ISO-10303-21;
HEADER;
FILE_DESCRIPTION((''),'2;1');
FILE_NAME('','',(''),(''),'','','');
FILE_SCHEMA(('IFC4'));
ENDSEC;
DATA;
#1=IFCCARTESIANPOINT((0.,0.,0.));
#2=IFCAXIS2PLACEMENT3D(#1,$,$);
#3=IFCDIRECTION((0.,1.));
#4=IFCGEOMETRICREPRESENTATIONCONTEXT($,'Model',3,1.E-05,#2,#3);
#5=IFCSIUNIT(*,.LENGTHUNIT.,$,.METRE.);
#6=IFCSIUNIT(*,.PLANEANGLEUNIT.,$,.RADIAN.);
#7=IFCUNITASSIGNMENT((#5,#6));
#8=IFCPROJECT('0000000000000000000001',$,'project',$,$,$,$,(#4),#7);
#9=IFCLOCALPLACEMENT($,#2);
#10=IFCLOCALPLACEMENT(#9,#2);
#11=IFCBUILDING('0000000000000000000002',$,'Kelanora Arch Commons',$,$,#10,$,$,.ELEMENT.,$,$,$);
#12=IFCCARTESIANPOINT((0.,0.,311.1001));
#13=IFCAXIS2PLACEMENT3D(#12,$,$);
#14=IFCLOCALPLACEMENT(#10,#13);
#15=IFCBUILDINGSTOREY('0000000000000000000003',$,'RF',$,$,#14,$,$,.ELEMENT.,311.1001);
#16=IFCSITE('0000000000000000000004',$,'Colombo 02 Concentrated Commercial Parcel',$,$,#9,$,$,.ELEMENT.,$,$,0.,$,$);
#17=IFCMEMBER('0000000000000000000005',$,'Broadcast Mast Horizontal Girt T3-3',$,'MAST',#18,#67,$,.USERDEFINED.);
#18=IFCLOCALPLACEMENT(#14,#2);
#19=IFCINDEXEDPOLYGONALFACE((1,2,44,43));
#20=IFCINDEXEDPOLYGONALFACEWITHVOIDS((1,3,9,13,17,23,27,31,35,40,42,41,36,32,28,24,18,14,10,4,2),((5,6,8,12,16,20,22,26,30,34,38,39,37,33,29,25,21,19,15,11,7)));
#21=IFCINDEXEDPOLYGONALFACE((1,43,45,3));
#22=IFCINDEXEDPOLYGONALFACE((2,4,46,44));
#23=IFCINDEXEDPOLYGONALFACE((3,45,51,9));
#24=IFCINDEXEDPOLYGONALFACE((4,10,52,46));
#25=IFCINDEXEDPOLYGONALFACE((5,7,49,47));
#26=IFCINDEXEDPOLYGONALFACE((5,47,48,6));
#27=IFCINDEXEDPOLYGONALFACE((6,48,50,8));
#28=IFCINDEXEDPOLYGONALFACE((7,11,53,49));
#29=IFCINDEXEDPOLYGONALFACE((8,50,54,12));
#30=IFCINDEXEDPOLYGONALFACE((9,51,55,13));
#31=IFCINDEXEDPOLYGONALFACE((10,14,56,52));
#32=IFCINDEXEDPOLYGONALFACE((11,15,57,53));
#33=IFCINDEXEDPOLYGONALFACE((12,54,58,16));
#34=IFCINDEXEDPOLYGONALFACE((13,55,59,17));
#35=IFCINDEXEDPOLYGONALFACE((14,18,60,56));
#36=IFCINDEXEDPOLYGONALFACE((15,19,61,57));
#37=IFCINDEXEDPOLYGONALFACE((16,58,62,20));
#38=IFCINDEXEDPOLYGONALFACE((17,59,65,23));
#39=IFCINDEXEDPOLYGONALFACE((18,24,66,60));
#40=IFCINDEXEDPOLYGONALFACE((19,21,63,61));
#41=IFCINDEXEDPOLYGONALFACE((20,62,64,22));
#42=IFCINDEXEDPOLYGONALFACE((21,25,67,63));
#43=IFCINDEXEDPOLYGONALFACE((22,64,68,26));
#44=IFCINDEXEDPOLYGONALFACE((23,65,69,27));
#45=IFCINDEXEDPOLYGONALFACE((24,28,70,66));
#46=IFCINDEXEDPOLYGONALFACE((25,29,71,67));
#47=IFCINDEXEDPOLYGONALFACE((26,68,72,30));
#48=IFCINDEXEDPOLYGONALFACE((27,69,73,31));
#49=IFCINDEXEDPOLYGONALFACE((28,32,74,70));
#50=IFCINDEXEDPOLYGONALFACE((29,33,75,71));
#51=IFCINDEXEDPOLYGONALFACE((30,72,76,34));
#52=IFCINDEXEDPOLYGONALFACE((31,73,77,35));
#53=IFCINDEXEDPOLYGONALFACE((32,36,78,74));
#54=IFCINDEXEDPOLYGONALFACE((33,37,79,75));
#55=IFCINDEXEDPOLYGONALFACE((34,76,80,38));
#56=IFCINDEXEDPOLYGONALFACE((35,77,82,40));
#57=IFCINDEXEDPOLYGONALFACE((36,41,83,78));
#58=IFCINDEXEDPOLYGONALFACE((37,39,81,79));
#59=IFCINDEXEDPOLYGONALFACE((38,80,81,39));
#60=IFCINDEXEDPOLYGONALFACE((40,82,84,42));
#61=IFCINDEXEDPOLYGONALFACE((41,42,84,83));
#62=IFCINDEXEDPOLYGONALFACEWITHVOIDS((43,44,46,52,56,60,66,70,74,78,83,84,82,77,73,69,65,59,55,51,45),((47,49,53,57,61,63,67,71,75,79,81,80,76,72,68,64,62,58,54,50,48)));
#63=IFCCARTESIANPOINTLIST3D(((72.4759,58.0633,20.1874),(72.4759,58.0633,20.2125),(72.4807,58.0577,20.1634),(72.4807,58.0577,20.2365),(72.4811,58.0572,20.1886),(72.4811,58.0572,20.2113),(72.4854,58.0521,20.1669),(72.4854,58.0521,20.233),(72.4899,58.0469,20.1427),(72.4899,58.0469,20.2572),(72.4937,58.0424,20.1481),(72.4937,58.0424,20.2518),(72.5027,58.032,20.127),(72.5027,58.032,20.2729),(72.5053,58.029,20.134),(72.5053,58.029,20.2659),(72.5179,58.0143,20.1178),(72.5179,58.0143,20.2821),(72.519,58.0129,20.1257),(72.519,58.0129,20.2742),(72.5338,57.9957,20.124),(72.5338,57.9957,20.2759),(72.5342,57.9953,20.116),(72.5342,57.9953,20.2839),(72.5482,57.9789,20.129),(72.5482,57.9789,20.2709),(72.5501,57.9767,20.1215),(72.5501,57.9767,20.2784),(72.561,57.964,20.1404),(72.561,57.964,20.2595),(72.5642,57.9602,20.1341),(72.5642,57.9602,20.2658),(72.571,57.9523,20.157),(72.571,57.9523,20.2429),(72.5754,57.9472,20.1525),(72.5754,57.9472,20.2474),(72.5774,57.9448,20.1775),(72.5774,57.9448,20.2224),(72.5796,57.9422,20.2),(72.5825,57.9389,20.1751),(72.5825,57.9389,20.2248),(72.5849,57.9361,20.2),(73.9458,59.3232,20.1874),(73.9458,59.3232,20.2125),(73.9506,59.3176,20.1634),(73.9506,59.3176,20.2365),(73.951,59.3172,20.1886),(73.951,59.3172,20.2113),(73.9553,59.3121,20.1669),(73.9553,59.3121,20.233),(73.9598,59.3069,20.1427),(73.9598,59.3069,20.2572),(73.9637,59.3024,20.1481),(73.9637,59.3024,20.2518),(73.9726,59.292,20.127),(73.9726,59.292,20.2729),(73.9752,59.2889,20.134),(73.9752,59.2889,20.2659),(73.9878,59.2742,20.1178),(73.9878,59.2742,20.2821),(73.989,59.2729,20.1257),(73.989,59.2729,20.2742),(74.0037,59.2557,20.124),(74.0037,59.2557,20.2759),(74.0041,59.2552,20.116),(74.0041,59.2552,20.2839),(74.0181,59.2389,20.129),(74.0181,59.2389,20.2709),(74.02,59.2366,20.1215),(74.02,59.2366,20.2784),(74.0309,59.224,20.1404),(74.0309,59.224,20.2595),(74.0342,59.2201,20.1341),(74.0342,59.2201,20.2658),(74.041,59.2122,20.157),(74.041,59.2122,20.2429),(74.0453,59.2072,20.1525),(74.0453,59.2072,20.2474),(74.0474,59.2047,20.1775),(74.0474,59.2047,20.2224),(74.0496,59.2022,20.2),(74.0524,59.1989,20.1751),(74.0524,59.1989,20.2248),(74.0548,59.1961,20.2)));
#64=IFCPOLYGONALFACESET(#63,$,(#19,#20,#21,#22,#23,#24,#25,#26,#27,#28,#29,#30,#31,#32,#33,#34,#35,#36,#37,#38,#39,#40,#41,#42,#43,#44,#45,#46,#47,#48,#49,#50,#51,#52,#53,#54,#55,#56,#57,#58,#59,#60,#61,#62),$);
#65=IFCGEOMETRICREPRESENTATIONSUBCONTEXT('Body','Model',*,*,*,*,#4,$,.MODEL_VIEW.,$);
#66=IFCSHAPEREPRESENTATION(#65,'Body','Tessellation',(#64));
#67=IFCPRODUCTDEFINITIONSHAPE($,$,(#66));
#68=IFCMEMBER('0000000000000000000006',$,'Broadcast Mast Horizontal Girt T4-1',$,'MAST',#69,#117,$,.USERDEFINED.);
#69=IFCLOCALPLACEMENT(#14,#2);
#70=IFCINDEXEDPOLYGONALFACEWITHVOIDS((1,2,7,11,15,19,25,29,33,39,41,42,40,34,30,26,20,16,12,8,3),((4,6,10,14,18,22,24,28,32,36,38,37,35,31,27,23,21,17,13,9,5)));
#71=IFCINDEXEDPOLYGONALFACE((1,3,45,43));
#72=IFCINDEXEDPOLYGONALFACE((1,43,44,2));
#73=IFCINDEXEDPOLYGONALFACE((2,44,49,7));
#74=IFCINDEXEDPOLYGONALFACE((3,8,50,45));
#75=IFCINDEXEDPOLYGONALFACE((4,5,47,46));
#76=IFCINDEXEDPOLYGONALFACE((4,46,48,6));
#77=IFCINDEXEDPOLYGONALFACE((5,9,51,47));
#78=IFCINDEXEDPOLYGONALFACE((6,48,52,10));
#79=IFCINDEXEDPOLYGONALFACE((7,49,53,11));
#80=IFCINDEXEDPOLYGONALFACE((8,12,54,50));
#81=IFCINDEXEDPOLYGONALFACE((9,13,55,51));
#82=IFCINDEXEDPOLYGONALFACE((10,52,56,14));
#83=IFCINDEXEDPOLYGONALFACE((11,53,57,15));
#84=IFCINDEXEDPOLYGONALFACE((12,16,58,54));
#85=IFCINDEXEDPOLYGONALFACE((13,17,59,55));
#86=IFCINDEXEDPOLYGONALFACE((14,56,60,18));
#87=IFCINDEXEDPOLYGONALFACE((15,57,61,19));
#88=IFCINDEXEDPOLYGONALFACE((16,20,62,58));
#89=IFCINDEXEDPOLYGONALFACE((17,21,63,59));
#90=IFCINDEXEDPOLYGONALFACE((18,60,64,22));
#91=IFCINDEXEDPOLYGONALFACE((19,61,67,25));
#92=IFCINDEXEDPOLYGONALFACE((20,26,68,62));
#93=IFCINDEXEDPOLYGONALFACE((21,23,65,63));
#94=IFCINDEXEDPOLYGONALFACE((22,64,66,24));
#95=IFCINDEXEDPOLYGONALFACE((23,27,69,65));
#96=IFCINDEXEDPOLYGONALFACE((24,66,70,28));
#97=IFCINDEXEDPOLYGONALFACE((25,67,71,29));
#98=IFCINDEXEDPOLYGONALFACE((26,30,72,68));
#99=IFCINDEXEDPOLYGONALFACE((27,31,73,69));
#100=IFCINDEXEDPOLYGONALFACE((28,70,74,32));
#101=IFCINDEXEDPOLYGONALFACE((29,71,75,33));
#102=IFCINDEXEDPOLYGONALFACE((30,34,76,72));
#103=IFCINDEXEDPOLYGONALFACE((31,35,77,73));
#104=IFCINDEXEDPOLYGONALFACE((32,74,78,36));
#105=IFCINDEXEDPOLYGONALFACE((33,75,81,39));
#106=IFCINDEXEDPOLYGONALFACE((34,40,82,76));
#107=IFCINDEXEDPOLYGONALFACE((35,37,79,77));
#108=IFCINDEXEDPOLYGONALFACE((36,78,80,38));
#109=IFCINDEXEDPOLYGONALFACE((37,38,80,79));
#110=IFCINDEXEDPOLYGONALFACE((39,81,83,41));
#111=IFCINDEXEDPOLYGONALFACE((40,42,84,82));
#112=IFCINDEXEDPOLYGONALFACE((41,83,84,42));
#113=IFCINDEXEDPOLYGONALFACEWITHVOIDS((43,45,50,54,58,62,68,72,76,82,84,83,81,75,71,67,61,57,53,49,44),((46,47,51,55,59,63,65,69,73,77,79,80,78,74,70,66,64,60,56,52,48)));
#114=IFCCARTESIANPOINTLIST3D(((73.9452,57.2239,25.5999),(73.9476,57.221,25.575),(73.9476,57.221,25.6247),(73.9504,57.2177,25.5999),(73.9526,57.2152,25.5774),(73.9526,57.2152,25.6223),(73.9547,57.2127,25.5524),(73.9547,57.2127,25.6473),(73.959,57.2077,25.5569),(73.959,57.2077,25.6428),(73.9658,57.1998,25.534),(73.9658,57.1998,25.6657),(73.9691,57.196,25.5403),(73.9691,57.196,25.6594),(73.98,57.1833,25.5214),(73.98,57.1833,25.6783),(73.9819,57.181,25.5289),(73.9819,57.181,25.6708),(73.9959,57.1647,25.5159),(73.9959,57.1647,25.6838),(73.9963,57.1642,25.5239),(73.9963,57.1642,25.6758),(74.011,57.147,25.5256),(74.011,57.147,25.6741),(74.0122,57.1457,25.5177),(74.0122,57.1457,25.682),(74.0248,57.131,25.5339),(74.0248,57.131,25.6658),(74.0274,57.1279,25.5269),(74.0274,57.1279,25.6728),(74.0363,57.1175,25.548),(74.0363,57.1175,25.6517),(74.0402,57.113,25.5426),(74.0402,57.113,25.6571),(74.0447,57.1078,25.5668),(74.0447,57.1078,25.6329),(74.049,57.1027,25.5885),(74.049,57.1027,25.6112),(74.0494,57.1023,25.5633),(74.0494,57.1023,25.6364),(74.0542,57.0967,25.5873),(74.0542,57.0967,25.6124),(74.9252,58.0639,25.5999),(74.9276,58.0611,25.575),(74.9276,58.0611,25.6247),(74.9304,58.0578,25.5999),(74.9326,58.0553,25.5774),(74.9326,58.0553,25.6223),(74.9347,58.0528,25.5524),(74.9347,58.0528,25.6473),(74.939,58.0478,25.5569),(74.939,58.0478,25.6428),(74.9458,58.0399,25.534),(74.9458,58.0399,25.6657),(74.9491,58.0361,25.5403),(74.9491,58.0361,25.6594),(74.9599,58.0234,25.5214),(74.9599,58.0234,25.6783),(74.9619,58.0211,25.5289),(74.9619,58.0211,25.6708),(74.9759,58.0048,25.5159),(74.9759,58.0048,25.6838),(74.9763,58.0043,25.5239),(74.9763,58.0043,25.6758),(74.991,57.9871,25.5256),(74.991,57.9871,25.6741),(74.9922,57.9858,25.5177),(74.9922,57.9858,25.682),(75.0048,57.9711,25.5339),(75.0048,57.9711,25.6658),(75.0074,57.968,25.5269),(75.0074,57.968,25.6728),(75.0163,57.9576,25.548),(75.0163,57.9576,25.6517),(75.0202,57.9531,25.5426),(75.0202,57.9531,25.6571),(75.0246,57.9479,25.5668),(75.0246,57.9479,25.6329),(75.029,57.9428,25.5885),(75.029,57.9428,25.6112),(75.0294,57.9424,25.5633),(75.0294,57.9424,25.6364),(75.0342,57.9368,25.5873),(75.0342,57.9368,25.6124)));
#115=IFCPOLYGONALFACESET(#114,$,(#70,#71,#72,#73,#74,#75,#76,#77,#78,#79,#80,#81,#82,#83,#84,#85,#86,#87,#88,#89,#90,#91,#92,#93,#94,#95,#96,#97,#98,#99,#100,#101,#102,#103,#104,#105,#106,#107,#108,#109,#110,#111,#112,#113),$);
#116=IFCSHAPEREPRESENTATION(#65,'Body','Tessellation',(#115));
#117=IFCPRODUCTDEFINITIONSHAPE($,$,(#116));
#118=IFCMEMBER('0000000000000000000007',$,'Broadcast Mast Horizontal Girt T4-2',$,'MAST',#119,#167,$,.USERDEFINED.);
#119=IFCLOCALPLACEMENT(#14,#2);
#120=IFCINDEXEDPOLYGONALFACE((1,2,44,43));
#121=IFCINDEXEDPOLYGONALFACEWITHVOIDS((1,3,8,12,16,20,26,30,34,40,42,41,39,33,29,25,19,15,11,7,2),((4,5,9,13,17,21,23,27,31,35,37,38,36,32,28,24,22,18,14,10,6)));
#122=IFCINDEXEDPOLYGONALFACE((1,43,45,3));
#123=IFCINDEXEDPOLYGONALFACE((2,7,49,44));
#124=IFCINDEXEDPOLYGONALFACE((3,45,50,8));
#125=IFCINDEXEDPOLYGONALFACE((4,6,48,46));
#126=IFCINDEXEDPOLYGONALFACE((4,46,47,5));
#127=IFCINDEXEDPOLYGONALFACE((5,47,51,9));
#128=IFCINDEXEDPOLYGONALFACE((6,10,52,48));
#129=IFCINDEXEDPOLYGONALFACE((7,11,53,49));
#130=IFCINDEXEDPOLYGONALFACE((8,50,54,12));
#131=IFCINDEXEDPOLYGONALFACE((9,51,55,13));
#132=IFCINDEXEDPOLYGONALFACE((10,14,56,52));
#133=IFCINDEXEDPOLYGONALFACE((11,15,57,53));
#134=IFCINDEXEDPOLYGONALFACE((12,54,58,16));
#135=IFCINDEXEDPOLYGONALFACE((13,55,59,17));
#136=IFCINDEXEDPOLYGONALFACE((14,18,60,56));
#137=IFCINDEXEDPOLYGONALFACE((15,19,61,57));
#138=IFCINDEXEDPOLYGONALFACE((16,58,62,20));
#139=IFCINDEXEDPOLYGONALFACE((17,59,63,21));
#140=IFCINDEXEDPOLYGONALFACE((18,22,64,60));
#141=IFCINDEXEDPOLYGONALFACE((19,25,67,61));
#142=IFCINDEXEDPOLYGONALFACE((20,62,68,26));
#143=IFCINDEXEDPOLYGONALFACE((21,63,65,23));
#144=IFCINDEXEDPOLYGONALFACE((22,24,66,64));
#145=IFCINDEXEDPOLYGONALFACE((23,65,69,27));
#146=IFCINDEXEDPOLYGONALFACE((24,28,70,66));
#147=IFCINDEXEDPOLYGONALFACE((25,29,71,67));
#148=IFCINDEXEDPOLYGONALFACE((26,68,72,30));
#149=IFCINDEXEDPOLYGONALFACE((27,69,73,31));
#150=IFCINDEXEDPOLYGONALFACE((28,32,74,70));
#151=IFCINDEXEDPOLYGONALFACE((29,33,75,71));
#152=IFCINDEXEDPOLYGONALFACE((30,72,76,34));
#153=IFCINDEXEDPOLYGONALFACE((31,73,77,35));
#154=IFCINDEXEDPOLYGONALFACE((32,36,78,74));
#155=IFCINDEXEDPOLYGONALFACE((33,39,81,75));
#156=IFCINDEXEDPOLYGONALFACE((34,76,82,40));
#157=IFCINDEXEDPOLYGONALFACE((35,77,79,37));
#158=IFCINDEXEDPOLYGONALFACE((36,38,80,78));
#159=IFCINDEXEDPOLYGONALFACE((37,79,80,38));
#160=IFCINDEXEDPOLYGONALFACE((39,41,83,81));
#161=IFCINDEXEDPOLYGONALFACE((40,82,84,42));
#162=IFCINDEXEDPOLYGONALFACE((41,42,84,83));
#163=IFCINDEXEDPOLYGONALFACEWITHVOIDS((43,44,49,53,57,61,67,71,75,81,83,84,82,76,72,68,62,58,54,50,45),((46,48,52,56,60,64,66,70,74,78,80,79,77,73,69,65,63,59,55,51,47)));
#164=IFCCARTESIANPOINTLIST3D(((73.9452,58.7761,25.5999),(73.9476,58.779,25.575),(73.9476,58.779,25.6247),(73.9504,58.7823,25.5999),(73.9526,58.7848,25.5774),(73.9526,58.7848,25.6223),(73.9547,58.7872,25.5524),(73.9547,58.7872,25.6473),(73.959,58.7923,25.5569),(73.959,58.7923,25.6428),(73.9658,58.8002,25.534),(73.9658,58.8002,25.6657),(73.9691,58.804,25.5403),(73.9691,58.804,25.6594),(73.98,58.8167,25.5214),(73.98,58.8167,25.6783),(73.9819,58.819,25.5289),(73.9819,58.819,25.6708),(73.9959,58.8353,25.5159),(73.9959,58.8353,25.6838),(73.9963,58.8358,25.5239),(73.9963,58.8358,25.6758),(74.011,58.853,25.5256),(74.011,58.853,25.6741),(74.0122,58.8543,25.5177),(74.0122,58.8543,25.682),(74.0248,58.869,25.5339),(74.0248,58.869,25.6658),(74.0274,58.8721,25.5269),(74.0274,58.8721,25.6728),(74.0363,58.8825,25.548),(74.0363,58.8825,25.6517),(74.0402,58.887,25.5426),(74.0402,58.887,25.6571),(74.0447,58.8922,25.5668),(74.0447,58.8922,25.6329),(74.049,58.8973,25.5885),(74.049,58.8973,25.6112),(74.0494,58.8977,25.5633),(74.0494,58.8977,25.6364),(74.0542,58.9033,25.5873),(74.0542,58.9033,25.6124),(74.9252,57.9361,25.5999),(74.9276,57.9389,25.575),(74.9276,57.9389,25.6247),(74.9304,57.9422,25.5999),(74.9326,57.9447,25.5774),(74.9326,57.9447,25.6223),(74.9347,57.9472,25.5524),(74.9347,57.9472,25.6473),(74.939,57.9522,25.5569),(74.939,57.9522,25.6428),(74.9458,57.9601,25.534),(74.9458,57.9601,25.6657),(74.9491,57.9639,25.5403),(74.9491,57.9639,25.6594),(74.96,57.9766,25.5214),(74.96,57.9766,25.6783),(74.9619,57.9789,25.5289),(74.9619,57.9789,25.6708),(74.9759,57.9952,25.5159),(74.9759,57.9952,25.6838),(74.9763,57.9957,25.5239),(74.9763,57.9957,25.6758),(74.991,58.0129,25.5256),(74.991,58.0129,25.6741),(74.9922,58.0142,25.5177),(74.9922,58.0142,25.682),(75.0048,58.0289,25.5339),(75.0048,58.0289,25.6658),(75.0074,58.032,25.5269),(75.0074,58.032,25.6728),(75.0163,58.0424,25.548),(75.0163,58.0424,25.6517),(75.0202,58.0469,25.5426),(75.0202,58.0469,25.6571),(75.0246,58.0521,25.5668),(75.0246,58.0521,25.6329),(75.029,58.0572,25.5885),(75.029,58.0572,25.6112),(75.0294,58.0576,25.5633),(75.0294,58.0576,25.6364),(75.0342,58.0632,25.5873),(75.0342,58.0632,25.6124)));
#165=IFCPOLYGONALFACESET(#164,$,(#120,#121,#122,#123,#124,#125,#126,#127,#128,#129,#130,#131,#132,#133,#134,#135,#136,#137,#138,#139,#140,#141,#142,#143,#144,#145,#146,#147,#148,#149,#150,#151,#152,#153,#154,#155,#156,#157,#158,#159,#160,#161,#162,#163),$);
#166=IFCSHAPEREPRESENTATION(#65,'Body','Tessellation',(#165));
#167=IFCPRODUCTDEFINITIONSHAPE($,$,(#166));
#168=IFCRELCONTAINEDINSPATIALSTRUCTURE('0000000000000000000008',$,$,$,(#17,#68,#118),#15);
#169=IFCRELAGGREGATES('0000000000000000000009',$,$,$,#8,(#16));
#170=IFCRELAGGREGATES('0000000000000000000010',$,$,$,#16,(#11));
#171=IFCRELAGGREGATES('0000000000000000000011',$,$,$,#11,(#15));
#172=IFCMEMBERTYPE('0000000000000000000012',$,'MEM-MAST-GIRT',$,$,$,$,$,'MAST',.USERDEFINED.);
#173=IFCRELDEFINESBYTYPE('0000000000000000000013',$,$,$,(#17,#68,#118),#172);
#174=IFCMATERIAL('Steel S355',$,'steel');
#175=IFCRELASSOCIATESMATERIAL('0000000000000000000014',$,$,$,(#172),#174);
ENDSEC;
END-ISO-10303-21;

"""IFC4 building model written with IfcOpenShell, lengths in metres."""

from ifc_helpers import new_model, si_unit, direction, frame, origin, origin_2d, place, context, subcontext, project, spatial, hollow_circle, extrude, material, material_profile, profile_set, type_object, element, save


model = new_model("IFC4")

# Units and contexts
model_context = context("Model", 3, precision=1e-05, world=origin(), true_north=direction((0.0, 1.0)))
body_context = subcontext(model_context, "Body", "Model", "MODEL_VIEW")
ifc_project = project(units=[si_unit("LENGTHUNIT", "METRE"), si_unit("PLANEANGLEUNIT", "RADIAN")], contexts=[model_context])

# Site, building, storey
site_placement = place(None, origin())
site = spatial("IfcSite", under=ifc_project, at=site_placement, Name="Colombo 02 Concentrated Commercial Parcel", CompositionType="ELEMENT", RefElevation=0.0)
building_placement = place(site_placement, origin())
building = spatial("IfcBuilding", under=site, at=building_placement, Name="Kelanora Arch Commons", CompositionType="ELEMENT")
storey_placement = place(building_placement, frame((0.0, 0.0, 311.1001)))
storey = spatial("IfcBuildingStorey", under=building, at=storey_placement, Name="RF", CompositionType="ELEMENT", Elevation=311.1001)

# Members
ifc_material = material(Name="Steel S355", Category="steel")
ifc_material_profile_1 = material_profile(ifc_material, hollow_circle(Radius=0.0842, WallThickness=0.0081, at=origin_2d()), Name="CHS168.3x8")
ifc_profile_set_1 = profile_set([ifc_material_profile_1], Name="Steel S355")
member_type_1 = type_object("IfcMemberType", Name="MEM-MAST-GIRT", ElementType="MAST", PredefinedType="USERDEFINED", material=ifc_profile_set_1)
for number, where, z_axis, x_axis, name in (
    (1, (74.0, 59.26, 20.2), (-0.759248, -0.650802, 0.0), (0.650802, -0.759248, 0.0), "Broadcast Mast Horizontal Girt T3-3"),
):
    element("IfcMember", number, at=place(storey_placement, frame(where, z_axis=z_axis, x_axis=x_axis)), inside=storey, type_object=member_type_1, Name=name, ObjectType="MAST", PredefinedType="USERDEFINED", context=body_context, shape_type="SweptSolid", body=[
        extrude(hollow_circle(Radius=0.0842, WallThickness=0.0081, at=origin_2d()), origin(), (0.0, 0.0, 1.0), 1.936),
    ])
for number, where, z_axis, x_axis, name in (
    (2, (74.0, 57.1599, 25.5999), (0.759217, 0.650838, 0.0), (-0.650838, 0.759217, 0.0), "Broadcast Mast Horizontal Girt T4-1"),
    (3, (74.98, 58.0, 25.5999), (-0.759217, 0.650838, 0.0), (-0.650838, -0.759217, 0.0), "Broadcast Mast Horizontal Girt T4-2"),
):
    element("IfcMember", number, at=place(storey_placement, frame(where, z_axis=z_axis, x_axis=x_axis)), inside=storey, type_object=member_type_1, Name=name, ObjectType="MAST", PredefinedType="USERDEFINED", context=body_context, shape_type="SweptSolid", body=[
        extrude(hollow_circle(Radius=0.0842, WallThickness=0.0081, at=origin_2d()), origin(), (0.0, 0.0, 1.0), 1.2908),
    ])

save(model, "model.ifc")
